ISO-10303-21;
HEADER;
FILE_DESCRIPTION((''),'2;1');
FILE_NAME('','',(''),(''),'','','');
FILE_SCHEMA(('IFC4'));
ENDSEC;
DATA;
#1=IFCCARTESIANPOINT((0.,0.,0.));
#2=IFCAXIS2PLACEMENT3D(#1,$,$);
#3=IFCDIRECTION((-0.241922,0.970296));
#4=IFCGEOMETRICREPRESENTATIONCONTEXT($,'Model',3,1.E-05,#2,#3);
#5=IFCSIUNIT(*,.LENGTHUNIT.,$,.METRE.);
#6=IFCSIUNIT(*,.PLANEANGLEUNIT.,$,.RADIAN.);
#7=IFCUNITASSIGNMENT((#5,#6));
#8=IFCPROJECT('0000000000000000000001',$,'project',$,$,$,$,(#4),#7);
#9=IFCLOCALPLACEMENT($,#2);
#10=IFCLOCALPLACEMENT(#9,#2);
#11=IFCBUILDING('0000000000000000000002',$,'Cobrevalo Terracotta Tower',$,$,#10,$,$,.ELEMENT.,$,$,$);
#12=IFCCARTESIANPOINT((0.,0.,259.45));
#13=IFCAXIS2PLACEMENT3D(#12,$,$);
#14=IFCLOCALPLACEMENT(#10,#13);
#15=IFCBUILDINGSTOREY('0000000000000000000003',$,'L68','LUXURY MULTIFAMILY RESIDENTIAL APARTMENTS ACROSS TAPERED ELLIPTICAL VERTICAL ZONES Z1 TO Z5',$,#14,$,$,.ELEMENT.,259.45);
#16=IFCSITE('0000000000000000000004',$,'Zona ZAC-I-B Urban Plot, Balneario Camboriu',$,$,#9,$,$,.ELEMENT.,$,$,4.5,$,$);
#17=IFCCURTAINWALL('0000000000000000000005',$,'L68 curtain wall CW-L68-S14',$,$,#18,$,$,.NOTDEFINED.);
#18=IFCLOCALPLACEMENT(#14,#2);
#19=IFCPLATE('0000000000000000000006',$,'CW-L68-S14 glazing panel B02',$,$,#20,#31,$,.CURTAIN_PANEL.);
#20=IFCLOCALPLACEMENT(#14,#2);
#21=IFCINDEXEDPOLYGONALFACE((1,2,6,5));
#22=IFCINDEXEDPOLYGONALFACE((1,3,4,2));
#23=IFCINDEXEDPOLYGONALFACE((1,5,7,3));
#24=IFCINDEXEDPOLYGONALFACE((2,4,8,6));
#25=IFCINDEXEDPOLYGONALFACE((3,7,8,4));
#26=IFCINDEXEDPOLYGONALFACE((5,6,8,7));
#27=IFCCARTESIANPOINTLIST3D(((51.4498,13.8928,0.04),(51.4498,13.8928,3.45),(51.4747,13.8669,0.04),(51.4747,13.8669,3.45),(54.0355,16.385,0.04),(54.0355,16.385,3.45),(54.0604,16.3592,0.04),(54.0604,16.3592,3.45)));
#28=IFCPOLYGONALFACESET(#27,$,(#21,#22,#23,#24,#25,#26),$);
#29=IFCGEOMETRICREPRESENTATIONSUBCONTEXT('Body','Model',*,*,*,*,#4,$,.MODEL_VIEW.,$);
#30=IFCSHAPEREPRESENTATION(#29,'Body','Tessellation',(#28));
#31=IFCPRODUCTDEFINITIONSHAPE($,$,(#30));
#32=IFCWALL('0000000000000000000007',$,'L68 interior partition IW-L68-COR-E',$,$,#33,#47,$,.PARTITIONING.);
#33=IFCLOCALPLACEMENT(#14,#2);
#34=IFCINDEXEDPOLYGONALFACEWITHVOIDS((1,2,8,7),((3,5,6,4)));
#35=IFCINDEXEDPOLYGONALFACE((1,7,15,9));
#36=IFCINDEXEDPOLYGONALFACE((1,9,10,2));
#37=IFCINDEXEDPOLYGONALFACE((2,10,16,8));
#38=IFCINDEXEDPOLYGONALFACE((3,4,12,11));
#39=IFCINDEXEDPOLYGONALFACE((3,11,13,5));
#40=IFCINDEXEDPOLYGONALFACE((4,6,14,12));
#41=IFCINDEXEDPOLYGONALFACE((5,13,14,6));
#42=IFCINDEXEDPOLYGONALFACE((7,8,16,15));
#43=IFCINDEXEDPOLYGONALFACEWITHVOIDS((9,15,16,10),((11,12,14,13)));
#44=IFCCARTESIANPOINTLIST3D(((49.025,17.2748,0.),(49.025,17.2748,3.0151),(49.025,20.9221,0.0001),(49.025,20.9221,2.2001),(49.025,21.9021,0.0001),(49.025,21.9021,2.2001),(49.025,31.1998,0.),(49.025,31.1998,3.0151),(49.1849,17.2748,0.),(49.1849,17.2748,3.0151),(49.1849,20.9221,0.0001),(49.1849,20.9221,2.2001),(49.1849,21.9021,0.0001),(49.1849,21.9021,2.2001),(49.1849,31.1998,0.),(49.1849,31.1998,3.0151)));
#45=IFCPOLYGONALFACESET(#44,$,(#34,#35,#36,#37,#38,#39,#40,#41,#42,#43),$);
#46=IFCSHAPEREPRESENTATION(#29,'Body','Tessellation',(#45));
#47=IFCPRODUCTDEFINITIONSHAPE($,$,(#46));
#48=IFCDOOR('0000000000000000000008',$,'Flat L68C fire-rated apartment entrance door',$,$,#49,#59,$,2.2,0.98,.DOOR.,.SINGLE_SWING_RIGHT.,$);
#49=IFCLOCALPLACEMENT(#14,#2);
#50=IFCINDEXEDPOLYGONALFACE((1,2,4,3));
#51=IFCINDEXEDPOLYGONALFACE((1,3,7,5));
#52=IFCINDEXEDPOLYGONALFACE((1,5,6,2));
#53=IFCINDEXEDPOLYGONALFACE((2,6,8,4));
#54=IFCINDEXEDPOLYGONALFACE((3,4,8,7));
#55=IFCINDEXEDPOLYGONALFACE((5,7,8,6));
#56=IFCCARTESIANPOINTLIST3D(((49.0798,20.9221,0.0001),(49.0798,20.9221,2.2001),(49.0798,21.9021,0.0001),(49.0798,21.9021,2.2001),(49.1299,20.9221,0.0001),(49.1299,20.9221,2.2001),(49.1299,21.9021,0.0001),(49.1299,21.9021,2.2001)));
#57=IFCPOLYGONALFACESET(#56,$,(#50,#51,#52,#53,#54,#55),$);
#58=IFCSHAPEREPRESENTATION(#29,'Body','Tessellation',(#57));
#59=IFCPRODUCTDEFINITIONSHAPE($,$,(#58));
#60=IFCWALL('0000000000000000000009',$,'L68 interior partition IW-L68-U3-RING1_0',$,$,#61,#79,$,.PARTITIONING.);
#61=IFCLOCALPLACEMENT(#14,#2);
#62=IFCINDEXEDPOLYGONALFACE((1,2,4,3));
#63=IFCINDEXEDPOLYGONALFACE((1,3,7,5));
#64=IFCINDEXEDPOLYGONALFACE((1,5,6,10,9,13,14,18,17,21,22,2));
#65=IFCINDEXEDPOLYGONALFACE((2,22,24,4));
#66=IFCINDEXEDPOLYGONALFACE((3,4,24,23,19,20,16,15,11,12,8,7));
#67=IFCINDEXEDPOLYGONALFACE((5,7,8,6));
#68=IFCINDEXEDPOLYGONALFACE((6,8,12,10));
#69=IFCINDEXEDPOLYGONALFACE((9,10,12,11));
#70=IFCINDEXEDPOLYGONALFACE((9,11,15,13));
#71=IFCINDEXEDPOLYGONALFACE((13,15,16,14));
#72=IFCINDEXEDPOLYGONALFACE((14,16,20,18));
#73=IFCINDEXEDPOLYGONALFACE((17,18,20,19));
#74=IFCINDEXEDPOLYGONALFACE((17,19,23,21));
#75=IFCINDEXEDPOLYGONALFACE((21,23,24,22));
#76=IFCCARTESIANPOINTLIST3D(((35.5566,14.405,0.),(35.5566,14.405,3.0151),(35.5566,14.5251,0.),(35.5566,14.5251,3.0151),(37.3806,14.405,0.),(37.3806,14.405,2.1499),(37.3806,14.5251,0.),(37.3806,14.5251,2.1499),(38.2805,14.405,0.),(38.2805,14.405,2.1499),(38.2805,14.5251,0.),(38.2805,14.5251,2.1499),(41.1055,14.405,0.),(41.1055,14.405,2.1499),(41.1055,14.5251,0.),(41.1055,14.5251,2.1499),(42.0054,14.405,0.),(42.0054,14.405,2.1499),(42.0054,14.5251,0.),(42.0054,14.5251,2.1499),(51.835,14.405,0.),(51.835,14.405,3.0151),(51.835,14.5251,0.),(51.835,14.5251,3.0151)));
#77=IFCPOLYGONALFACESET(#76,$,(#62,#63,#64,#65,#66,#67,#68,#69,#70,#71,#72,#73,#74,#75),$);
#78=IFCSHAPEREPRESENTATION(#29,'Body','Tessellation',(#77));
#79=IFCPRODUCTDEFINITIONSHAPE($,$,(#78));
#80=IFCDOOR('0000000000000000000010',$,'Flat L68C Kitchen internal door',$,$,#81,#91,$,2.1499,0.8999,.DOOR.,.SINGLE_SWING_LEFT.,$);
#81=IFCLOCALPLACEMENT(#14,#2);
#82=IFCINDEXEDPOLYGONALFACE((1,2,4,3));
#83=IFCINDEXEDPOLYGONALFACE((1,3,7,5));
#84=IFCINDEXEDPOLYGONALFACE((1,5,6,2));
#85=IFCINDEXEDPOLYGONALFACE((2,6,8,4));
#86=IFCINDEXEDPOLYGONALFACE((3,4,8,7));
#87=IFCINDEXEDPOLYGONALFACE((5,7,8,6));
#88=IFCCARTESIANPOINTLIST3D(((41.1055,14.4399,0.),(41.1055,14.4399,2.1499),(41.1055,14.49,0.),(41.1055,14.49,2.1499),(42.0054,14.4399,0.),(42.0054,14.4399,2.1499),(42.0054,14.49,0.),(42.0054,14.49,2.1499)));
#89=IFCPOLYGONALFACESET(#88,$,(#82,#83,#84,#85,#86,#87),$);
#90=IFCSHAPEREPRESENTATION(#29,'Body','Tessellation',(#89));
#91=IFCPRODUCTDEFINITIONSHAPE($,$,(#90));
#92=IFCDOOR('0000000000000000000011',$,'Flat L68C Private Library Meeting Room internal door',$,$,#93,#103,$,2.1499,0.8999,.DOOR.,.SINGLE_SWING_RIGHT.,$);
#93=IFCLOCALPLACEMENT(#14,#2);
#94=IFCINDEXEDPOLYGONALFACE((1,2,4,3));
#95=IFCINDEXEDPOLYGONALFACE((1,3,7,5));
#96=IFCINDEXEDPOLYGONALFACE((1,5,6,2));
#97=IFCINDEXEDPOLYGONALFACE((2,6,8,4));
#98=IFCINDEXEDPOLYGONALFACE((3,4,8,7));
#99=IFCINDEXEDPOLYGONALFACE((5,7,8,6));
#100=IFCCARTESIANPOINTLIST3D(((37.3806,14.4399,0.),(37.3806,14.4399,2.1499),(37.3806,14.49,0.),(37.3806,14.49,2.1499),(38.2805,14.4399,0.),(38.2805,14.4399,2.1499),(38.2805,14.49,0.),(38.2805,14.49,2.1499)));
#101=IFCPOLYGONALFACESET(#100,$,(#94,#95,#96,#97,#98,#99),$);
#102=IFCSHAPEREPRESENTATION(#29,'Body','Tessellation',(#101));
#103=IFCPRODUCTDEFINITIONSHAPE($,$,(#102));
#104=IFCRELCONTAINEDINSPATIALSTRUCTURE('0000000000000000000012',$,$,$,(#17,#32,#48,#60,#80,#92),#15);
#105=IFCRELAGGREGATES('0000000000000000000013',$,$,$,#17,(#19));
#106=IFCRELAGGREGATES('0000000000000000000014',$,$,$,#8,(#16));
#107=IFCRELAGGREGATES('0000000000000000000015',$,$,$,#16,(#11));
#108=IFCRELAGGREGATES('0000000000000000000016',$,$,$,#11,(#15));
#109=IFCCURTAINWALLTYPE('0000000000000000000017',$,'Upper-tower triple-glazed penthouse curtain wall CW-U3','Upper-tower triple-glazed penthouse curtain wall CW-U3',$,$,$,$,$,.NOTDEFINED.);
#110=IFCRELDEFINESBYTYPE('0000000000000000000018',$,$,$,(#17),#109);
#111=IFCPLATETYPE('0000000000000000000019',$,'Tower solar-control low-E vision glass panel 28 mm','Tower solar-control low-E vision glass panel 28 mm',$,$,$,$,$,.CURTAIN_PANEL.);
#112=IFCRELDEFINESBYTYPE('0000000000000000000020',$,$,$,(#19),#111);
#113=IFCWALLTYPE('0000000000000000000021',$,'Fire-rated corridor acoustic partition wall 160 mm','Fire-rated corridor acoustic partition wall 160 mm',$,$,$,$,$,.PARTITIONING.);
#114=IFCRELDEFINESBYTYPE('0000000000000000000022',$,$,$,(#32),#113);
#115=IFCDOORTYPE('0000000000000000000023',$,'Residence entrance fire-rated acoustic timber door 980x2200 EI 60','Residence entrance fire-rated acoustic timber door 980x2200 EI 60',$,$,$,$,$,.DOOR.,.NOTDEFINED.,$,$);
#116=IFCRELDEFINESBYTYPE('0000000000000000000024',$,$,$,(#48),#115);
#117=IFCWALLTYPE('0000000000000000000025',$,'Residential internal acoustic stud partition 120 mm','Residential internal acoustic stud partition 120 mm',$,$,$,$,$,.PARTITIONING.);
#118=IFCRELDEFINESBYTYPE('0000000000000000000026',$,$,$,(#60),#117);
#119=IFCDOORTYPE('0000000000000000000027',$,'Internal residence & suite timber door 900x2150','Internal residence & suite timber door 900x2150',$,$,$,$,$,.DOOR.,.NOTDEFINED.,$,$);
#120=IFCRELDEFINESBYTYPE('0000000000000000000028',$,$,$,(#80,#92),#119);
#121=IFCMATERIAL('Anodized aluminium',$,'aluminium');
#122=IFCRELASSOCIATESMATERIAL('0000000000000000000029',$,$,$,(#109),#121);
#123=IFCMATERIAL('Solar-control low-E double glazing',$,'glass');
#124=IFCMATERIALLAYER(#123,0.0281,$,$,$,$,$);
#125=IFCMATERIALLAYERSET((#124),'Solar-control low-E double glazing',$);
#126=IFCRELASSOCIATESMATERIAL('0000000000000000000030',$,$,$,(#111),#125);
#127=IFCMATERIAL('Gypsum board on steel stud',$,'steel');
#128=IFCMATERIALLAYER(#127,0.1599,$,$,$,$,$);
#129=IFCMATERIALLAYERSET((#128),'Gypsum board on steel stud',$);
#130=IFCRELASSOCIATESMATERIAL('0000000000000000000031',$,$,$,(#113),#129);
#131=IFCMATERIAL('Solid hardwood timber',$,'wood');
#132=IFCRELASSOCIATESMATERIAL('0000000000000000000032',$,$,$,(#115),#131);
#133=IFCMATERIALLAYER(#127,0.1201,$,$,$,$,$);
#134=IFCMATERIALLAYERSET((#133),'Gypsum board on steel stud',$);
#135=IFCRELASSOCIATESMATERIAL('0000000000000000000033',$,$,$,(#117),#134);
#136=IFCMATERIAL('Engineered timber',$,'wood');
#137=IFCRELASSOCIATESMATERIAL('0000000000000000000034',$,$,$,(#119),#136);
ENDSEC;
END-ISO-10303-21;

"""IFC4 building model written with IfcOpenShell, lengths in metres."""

from ifc_helpers import new_model, si_unit, direction, frame, frame_2d, origin, origin_2d, place, context, subcontext, project, spatial, rectangle, extrude, source, transform, mapped, material, layer, layer_set, type_object, element, fill, aggregate, save


model = new_model("IFC4")

# Units and contexts
model_context = context("Model", 3, precision=1e-05, world=origin(), true_north=direction((-0.241922, 0.970296)))
body_context = subcontext(model_context, "Body", "Model", "MODEL_VIEW")
ifc_project = project(units=[si_unit("LENGTHUNIT", "METRE"), si_unit("PLANEANGLEUNIT", "RADIAN")], contexts=[model_context])

# Site, building, storey
site_placement = place(None, origin())
site = spatial("IfcSite", under=ifc_project, at=site_placement, Name="Zona ZAC-I-B Urban Plot, Balneario Camboriu", CompositionType="ELEMENT", RefElevation=4.5)
building_placement = place(site_placement, origin())
building = spatial("IfcBuilding", under=site, at=building_placement, Name="Cobrevalo Terracotta Tower", CompositionType="ELEMENT")
storey_placement = place(building_placement, frame((0.0, 0.0, 259.45)))
storey = spatial("IfcBuildingStorey", under=building, at=storey_placement, Name="L68", Description="LUXURY MULTIFAMILY RESIDENTIAL APARTMENTS ACROSS TAPERED ELLIPTICAL VERTICAL ZONES Z1 TO Z5", CompositionType="ELEMENT", Elevation=259.45)

# Shared definitions
ifc_material_1 = material(Name="Anodized aluminium", Category="aluminium")
curtain_wall_type = type_object("IfcCurtainWallType", Name="Upper-tower triple-glazed penthouse curtain wall CW-U3", Description="Upper-tower triple-glazed penthouse curtain wall CW-U3", PredefinedType="NOTDEFINED", material=ifc_material_1)

# Curtain wall
curtain_wall_1_placement = place(storey_placement, origin())
curtain_wall_1 = element("IfcCurtainWall", 1, at=curtain_wall_1_placement, inside=storey, type_object=curtain_wall_type, Name="L68 curtain wall CW-L68-S14", PredefinedType="NOTDEFINED")

# Plate
ifc_material_2 = material(Name="Solar-control low-E double glazing", Category="glass")
ifc_layer_1 = layer(ifc_material_2, 0.0281)
ifc_layer_set_1 = layer_set([ifc_layer_1], Name="Solar-control low-E double glazing")
plate_type = type_object("IfcPlateType", Name="Tower solar-control low-E vision glass panel 28 mm", Description="Tower solar-control low-E vision glass panel 28 mm", PredefinedType="CURTAIN_PANEL", material=ifc_layer_set_1)
shared_shape_1 = source(origin(), body_context, "Body", "SweptSolid", [
    extrude(rectangle(XDim=3.5913, YDim=0.0359, at=origin_2d()), origin(), (0.0, 0.0, 1.0), 3.4099),
])
plate_1_placement = place(storey_placement, frame((52.7551, 15.126, 0.04), z_axis=(0.0, 0.0, 1.0), x_axis=(0.719997, 0.693978, 0.0)))
plate_1 = element("IfcPlate", 2, at=plate_1_placement, type_object=plate_type, Name="CW-L68-S14 glazing panel B02", PredefinedType="CURTAIN_PANEL", context=body_context, shape_type="MappedRepresentation", body=[
    mapped(shared_shape_1, transform((0.0, 0.0, 0.0), scale=1.0)),
])
aggregate(curtain_wall_1, [plate_1])

# Wall, opening, door
ifc_material_3 = material(Name="Gypsum board on steel stud", Category="steel")
ifc_layer_2 = layer(ifc_material_3, 0.1599)
ifc_layer_set_2 = layer_set([ifc_layer_2], Name="Gypsum board on steel stud")
wall_type_1 = type_object("IfcWallType", Name="Fire-rated corridor acoustic partition wall 160 mm", Description="Fire-rated corridor acoustic partition wall 160 mm", PredefinedType="PARTITIONING", material=ifc_layer_set_2)
wall_1_placement = place(storey_placement, frame((49.105, 17.2749, 0.0), z_axis=(0.0, 0.0, 1.0), x_axis=(0.0, 1.0, 0.0)))
wall_1 = element("IfcWall", 3, at=wall_1_placement, inside=storey, type_object=wall_type_1, Name="L68 interior partition IW-L68-COR-E", PredefinedType="PARTITIONING", context=body_context, shape_type="SweptSolid", body=[
    extrude(rectangle(XDim=13.925, YDim=0.1599, at=frame_2d((6.9624, 0.0))), origin(), (0.0, 0.0, 1.0), 3.0151),
])
opening_1_placement = place(wall_1_placement, frame((3.6472, 0.0, 0.0)))
opening_1 = element("IfcOpeningElement", 4, at=opening_1_placement, cuts=wall_1, PredefinedType="OPENING", context=body_context, shape_type="SweptSolid", body=[
    extrude(rectangle(XDim=0.98, YDim=2.2, at=frame_2d((0.49, 1.1001))), frame((0.0, 0.0898, 0.0), z_axis=(0.0, -1.0, 0.0), x_axis=(1.0, 0.0, 0.0)), (0.0, 0.0, 1.0), 0.1799),
])
ifc_material_4 = material(Name="Solid hardwood timber", Category="wood")
door_type_1 = type_object("IfcDoorType", Name="Residence entrance fire-rated acoustic timber door 980x2200 EI 60", Description="Residence entrance fire-rated acoustic timber door 980x2200 EI 60", OperationType="NOTDEFINED", PredefinedType="DOOR", material=ifc_material_4)
shared_shape_2 = source(origin(), body_context, "Body", "SweptSolid", [
    extrude(rectangle(XDim=0.98, YDim=2.2, at=frame_2d((0.49, 1.1001))), frame((0.0, 0.0249, 0.0), z_axis=(0.0, -1.0, 0.0), x_axis=(1.0, 0.0, 0.0)), (0.0, 0.0, 1.0), 0.05),
])
door_1_placement = place(opening_1_placement, frame((0.98, 0.0, 0.0), z_axis=(0.0, 0.0, 1.0), x_axis=(-1.0, 0.0, 0.0)))
door_1 = element("IfcDoor", 5, at=door_1_placement, inside=storey, type_object=door_type_1, Name="Flat L68C fire-rated apartment entrance door", OperationType="SINGLE_SWING_RIGHT", OverallHeight=2.2, OverallWidth=0.98, PredefinedType="DOOR", context=body_context, shape_type="MappedRepresentation", body=[
    mapped(shared_shape_2, transform((0.0, 0.0, 0.0), scale=1.0)),
])
fill(opening_1, door_1)

# Wall, openings, doors
ifc_layer_3 = layer(ifc_material_3, 0.1201)
ifc_layer_set_3 = layer_set([ifc_layer_3], Name="Gypsum board on steel stud")
wall_type_2 = type_object("IfcWallType", Name="Residential internal acoustic stud partition 120 mm", Description="Residential internal acoustic stud partition 120 mm", PredefinedType="PARTITIONING", material=ifc_layer_set_3)
wall_2_placement = place(storey_placement, frame((51.835, 14.4651, 0.0), z_axis=(0.0, 0.0, 1.0), x_axis=(-1.0, 0.0, 0.0)))
wall_2 = element("IfcWall", 6, at=wall_2_placement, inside=storey, type_object=wall_type_2, Name="L68 interior partition IW-L68-U3-RING1_0", PredefinedType="PARTITIONING", context=body_context, shape_type="SweptSolid", body=[
    extrude(rectangle(XDim=16.2783, YDim=0.1201, at=frame_2d((8.1392, 0.0))), origin(), (0.0, 0.0, 1.0), 3.0151),
])
opening_2_placement = place(wall_2_placement, frame((9.8296, 0.0, 0.0)))
opening_2 = element("IfcOpeningElement", 7, at=opening_2_placement, cuts=wall_2, PredefinedType="OPENING", context=body_context, shape_type="SweptSolid", body=[
    extrude(rectangle(XDim=0.8999, YDim=2.1499, at=frame_2d((0.45, 1.075))), frame((0.0, 0.0701, 0.0), z_axis=(0.0, -1.0, 0.0), x_axis=(1.0, 0.0, 0.0)), (0.0, 0.0, 1.0), 0.1401),
])
opening_3_placement = place(wall_2_placement, frame((13.5544, 0.0, 0.0)))
opening_3 = element("IfcOpeningElement", 8, at=opening_3_placement, cuts=wall_2, PredefinedType="OPENING", context=body_context, shape_type="SweptSolid", body=[
    extrude(rectangle(XDim=0.8999, YDim=2.1499, at=frame_2d((0.45, 1.075))), frame((0.0, 0.0701, 0.0), z_axis=(0.0, -1.0, 0.0), x_axis=(1.0, 0.0, 0.0)), (0.0, 0.0, 1.0), 0.1401),
])
ifc_material_5 = material(Name="Engineered timber", Category="wood")
door_type_2 = type_object("IfcDoorType", Name="Internal residence & suite timber door 900x2150", Description="Internal residence & suite timber door 900x2150", OperationType="NOTDEFINED", PredefinedType="DOOR", material=ifc_material_5)
shared_shape_3 = source(origin(), body_context, "Body", "SweptSolid", [
    extrude(rectangle(XDim=0.8999, YDim=2.1499, at=frame_2d((0.45, 1.075))), frame((0.0, 0.0249, 0.0), z_axis=(0.0, -1.0, 0.0), x_axis=(1.0, 0.0, 0.0)), (0.0, 0.0, 1.0), 0.05),
])
door_2_placement = place(opening_2_placement, frame((0.8999, 0.0, 0.0), z_axis=(0.0, 0.0, 1.0), x_axis=(-1.0, 0.0, 0.0)))
door_2 = element("IfcDoor", 9, at=door_2_placement, inside=storey, type_object=door_type_2, Name="Flat L68C Kitchen internal door", OperationType="SINGLE_SWING_LEFT", OverallHeight=2.1499, OverallWidth=0.8999, PredefinedType="DOOR", context=body_context, shape_type="MappedRepresentation", body=[
    mapped(shared_shape_3, transform((0.0, 0.0, 0.0), scale=1.0)),
])
fill(opening_2, door_2)
door_3_placement = place(opening_3_placement, frame((0.8999, 0.0, 0.0), z_axis=(0.0, 0.0, 1.0), x_axis=(-1.0, 0.0, 0.0)))
door_3 = element("IfcDoor", 10, at=door_3_placement, inside=storey, type_object=door_type_2, Name="Flat L68C Private Library Meeting Room internal door", OperationType="SINGLE_SWING_RIGHT", OverallHeight=2.1499, OverallWidth=0.8999, PredefinedType="DOOR", context=body_context, shape_type="MappedRepresentation", body=[
    mapped(shared_shape_3, transform((0.0, 0.0, 0.0), scale=1.0)),
])
fill(opening_3, door_3)

save(model, "model.ifc")
